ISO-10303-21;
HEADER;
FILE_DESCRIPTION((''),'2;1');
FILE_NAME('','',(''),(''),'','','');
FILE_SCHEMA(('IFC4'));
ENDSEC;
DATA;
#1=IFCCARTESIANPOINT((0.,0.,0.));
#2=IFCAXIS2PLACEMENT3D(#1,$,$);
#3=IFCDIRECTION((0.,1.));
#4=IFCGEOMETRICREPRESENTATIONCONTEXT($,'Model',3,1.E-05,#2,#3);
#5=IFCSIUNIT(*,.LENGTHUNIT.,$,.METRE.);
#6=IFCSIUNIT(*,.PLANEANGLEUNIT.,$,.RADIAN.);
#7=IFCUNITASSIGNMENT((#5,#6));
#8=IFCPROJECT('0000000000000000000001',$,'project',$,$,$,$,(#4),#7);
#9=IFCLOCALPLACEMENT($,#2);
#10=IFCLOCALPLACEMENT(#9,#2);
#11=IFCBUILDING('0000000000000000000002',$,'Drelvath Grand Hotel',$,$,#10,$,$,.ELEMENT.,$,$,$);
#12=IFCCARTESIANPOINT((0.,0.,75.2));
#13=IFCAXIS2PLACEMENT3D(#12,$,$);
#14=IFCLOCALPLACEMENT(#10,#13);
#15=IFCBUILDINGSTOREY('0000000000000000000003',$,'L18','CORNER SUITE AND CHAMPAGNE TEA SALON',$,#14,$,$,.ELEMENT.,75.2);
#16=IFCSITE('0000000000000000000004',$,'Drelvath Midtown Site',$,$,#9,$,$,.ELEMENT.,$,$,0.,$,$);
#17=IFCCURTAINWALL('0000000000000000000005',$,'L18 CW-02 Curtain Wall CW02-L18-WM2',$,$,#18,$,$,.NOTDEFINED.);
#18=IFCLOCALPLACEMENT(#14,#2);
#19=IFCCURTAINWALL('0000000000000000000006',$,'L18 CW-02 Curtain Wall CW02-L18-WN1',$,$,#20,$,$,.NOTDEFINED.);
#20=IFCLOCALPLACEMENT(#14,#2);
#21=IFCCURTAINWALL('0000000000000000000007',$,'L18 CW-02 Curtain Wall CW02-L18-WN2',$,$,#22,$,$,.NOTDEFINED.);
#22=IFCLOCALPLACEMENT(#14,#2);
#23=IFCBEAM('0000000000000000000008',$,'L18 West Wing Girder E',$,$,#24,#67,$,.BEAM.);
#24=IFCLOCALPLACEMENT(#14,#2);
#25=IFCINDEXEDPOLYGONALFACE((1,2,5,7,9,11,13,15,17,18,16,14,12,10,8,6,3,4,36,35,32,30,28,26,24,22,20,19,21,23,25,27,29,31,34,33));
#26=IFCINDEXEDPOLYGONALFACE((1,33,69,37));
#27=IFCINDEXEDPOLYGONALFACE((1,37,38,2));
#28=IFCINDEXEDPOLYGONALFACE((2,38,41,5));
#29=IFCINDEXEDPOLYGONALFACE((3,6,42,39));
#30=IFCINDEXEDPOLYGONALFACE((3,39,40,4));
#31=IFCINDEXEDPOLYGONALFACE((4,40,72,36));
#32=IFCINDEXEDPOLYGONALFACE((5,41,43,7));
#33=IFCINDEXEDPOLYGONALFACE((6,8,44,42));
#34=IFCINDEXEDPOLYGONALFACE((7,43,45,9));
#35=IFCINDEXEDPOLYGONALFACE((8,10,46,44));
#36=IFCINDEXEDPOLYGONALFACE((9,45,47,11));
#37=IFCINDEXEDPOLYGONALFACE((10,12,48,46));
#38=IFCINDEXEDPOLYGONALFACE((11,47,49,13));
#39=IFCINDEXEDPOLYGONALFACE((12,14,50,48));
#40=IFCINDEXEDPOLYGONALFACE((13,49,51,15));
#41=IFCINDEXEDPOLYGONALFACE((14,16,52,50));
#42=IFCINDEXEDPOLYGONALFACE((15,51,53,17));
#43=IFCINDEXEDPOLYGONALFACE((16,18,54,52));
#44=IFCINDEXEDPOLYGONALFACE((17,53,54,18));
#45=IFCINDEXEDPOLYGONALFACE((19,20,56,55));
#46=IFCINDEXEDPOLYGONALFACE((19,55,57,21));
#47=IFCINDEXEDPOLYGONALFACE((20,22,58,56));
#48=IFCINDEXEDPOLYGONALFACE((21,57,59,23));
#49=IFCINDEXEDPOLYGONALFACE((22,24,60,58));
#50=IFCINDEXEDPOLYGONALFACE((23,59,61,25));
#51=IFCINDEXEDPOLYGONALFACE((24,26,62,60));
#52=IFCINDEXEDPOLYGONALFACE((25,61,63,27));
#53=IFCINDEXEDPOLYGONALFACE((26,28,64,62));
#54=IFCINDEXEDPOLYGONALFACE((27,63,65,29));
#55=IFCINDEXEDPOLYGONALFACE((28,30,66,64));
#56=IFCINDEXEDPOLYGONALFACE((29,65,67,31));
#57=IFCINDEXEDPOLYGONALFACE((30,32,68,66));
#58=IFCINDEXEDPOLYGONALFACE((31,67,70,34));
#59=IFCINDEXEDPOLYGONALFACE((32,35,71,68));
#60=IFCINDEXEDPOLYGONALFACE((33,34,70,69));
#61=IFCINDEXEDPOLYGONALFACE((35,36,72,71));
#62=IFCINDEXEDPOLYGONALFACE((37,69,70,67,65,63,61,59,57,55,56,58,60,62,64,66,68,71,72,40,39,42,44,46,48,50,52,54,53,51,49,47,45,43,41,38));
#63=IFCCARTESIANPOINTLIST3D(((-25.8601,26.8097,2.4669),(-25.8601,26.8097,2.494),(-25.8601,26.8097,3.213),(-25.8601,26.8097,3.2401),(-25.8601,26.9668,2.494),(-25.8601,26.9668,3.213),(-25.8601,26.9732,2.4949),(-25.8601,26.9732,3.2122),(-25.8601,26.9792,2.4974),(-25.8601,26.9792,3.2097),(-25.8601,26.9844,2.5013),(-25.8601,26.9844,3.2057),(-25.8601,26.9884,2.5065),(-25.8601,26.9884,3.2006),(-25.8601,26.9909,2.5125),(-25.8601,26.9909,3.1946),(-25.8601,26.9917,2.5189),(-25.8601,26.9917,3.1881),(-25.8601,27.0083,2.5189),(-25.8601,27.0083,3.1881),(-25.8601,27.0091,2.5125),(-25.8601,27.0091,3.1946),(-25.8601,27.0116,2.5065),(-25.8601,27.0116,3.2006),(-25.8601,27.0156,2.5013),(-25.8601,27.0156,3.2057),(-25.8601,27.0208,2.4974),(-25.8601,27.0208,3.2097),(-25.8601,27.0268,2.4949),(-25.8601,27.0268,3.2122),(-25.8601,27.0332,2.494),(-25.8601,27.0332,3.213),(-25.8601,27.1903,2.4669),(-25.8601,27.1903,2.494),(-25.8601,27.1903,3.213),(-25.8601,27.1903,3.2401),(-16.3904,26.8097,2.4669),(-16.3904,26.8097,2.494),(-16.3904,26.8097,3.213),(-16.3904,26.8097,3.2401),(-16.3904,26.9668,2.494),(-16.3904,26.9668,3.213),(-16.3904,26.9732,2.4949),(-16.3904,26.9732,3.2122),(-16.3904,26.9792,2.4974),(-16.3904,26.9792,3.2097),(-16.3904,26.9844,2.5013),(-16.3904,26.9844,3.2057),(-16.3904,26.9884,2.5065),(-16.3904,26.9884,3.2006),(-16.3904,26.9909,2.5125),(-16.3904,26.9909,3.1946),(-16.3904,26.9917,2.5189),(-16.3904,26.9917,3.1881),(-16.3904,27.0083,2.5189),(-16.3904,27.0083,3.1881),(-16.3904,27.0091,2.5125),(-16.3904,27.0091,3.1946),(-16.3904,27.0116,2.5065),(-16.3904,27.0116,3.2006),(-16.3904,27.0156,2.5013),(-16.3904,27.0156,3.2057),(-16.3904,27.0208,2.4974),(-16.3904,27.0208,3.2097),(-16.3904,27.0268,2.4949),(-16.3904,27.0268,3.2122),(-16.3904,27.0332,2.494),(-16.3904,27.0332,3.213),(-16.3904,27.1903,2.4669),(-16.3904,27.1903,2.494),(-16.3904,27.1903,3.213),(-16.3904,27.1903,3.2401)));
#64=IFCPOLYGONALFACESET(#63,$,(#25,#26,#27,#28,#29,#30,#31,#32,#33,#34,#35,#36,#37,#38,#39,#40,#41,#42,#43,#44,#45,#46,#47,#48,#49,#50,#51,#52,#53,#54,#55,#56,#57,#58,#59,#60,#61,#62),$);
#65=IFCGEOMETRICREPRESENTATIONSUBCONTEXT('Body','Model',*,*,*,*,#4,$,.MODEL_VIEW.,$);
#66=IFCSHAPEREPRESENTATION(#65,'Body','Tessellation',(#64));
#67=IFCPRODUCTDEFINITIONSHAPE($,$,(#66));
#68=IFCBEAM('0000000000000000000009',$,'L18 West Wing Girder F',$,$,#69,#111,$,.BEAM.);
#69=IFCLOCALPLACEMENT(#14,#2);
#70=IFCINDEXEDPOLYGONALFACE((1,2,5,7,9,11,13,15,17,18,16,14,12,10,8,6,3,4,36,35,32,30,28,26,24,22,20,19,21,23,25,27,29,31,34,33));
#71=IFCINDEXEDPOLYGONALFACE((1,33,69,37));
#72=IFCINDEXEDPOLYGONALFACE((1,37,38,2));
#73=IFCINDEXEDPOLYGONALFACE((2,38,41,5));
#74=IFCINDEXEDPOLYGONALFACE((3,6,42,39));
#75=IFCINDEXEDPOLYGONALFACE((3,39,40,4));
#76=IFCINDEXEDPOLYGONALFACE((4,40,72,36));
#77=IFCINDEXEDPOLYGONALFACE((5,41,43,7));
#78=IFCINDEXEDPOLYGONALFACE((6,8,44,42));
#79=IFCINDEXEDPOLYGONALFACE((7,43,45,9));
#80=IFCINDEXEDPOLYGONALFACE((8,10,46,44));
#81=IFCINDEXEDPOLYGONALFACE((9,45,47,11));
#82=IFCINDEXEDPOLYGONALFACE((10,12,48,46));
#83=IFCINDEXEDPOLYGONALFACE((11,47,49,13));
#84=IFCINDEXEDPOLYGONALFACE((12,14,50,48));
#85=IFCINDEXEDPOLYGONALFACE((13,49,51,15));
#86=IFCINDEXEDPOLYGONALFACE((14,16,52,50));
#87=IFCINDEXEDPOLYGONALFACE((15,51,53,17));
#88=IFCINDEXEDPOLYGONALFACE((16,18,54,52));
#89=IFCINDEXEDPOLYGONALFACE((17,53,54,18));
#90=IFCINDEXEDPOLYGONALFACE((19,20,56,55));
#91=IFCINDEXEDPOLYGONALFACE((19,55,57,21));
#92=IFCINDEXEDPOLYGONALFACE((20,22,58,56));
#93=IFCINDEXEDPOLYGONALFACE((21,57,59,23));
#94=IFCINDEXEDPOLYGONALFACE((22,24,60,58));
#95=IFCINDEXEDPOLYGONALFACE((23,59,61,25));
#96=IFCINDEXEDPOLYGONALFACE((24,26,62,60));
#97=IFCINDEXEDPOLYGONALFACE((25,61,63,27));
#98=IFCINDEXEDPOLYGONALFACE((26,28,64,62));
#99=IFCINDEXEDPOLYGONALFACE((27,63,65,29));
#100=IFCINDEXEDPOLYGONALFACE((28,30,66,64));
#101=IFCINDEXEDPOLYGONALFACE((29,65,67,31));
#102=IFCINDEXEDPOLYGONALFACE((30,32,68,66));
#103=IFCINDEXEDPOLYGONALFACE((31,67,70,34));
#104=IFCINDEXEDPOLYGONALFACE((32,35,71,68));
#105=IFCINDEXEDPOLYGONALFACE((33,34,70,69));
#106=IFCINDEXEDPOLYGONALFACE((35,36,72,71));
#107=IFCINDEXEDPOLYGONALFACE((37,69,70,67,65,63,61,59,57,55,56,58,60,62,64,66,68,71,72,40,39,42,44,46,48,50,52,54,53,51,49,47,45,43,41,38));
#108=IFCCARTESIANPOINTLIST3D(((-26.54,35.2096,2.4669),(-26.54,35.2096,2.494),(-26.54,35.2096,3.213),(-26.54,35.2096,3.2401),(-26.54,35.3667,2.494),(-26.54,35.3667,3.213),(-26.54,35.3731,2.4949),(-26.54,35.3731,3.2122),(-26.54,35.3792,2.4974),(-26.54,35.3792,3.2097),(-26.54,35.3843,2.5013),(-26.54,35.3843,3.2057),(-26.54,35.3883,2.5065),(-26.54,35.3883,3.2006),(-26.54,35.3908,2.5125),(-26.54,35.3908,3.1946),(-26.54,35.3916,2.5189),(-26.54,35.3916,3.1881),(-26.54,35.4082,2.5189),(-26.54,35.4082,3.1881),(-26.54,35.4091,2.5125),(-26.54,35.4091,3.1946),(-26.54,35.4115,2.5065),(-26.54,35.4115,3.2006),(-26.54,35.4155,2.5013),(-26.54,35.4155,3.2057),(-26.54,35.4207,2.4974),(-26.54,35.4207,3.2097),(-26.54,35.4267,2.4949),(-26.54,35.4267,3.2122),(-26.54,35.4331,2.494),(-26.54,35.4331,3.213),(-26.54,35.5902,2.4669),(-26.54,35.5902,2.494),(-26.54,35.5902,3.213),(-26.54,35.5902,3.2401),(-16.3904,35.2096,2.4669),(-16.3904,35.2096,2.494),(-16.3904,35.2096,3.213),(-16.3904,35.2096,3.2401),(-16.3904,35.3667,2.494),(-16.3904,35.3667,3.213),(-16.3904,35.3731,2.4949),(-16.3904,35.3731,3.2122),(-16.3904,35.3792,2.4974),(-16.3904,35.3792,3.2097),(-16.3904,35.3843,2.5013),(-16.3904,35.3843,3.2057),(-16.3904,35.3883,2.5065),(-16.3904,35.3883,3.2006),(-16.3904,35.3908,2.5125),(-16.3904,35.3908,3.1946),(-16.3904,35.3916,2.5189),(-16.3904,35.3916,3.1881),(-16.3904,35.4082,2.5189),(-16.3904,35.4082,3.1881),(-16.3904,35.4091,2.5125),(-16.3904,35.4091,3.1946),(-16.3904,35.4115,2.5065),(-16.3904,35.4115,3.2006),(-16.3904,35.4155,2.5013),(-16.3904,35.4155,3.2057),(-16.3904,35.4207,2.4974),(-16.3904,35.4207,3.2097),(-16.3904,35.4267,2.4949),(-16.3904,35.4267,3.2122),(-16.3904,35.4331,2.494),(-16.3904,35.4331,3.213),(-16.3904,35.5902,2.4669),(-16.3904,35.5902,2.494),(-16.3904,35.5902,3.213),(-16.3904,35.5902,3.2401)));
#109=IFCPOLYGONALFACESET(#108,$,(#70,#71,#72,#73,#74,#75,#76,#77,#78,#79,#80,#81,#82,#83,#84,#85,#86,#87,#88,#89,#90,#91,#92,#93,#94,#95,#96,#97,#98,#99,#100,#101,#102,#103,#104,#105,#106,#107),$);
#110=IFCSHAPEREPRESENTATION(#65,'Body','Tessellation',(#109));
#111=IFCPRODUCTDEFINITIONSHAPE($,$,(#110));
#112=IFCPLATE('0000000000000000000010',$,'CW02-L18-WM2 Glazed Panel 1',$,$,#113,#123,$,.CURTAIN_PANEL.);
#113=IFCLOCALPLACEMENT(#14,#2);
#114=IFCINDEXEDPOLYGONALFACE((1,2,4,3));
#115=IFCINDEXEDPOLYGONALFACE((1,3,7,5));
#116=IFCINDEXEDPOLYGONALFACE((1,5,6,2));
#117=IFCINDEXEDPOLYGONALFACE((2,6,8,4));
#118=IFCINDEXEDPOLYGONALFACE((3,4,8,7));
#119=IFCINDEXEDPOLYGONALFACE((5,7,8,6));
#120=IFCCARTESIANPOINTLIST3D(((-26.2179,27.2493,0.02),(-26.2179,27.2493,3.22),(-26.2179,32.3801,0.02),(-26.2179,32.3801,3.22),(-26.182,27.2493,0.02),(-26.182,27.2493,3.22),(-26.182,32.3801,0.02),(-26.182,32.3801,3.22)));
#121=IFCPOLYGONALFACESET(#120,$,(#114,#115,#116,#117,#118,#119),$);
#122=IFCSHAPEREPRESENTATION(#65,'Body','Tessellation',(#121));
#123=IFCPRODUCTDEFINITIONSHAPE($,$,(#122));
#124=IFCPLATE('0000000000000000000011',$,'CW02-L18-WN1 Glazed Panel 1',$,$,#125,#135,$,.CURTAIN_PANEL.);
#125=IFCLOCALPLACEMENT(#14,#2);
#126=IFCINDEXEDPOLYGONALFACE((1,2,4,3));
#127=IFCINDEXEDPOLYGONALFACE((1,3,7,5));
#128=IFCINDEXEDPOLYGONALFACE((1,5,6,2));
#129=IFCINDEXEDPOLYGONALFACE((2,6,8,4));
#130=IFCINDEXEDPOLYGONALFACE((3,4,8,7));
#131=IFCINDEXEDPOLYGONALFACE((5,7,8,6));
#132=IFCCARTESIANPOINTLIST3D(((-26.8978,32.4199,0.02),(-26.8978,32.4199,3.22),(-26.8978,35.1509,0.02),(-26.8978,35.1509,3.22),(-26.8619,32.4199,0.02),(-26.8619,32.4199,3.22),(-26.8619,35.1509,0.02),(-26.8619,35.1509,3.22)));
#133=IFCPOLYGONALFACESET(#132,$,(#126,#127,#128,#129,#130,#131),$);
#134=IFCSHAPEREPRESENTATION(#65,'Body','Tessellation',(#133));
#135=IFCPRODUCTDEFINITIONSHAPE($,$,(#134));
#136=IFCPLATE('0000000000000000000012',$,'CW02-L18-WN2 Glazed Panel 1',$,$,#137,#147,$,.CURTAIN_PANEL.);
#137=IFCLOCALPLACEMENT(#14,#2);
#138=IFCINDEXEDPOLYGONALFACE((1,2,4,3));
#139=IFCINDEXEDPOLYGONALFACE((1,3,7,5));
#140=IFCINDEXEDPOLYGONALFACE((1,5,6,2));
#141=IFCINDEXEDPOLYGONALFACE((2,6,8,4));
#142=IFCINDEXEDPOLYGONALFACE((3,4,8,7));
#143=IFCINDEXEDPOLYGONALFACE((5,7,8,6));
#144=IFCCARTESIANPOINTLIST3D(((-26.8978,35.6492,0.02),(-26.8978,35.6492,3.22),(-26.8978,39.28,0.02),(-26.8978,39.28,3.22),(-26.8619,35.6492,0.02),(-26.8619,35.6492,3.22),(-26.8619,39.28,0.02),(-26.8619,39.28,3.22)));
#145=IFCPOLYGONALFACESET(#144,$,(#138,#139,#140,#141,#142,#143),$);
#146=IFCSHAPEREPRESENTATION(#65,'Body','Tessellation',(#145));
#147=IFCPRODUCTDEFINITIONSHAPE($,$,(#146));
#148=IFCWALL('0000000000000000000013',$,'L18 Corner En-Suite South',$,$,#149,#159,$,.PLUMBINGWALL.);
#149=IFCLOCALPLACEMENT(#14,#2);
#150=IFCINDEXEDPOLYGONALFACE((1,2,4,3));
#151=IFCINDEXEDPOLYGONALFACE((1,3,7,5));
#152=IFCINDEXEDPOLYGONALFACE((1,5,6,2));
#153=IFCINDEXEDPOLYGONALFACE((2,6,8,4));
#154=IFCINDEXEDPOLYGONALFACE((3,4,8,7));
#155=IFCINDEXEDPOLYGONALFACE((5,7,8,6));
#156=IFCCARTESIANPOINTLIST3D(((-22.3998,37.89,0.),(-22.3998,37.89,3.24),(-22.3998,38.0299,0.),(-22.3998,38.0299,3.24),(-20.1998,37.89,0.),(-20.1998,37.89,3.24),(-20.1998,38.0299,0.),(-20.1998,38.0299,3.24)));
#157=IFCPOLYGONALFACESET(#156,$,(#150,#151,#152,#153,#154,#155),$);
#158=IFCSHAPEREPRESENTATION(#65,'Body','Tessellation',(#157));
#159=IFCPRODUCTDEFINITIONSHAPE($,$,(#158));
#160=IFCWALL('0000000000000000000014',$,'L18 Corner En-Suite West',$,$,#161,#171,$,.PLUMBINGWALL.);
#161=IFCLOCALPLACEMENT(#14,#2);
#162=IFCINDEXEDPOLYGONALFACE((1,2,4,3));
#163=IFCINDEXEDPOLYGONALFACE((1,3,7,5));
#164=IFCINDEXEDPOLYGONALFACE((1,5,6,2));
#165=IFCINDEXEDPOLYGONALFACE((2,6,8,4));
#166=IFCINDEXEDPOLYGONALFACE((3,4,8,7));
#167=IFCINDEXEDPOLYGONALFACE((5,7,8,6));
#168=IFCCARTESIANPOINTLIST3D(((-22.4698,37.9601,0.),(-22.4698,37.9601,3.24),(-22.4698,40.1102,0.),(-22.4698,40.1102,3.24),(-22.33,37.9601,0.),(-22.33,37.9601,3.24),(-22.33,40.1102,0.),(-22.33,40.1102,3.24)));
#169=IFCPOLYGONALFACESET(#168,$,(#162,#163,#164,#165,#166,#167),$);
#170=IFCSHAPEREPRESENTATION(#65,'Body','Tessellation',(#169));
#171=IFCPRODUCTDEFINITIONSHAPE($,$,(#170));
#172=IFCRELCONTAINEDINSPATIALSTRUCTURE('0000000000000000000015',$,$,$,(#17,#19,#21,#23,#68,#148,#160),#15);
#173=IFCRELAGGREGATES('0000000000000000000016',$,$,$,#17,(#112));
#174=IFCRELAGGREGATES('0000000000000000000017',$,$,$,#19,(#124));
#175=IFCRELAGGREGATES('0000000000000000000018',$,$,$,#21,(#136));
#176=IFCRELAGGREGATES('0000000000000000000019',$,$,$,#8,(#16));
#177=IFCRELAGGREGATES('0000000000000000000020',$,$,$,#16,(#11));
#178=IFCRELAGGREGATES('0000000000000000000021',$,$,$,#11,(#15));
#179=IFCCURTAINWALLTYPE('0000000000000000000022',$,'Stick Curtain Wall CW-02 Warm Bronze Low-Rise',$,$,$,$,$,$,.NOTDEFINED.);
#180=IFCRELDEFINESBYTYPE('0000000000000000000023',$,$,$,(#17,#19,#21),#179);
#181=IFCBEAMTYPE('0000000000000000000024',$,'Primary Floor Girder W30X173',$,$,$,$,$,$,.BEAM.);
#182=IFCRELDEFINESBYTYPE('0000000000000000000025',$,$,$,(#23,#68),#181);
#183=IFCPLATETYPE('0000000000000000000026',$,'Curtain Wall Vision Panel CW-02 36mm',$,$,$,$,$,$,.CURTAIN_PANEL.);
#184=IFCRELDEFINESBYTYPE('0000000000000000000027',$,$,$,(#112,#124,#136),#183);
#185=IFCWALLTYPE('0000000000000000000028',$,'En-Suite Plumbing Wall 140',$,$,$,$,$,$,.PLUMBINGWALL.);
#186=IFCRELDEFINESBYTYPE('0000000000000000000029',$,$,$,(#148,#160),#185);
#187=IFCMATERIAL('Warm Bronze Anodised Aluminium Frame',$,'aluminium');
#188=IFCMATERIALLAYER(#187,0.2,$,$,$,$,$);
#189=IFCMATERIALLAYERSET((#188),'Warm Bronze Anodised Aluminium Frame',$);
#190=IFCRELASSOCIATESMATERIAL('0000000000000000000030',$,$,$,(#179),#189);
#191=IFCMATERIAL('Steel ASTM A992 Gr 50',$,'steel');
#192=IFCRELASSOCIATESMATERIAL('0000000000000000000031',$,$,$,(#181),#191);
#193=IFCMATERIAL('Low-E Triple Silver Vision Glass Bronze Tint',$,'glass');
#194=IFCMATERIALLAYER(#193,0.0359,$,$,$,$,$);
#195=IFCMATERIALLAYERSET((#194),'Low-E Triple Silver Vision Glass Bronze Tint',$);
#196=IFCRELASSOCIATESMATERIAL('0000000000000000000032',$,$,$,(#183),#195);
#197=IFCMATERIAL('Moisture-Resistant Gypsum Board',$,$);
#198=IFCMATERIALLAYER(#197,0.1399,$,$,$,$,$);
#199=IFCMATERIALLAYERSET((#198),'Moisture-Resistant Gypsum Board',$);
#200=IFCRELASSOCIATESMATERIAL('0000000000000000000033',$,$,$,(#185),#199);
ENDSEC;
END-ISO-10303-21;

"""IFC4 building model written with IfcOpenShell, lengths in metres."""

from ifc_helpers import new_model, si_unit, direction, frame, frame_2d, origin, origin_2d, place, context, subcontext, project, spatial, rectangle, i_section, extrude, material, layer, layer_set, material_profile, profile_set, type_object, element, aggregate, save


model = new_model("IFC4")

# Units and contexts
model_context = context("Model", 3, precision=1e-05, world=origin(), true_north=direction((0.0, 1.0)))
body_context = subcontext(model_context, "Body", "Model", "MODEL_VIEW")
ifc_project = project(units=[si_unit("LENGTHUNIT", "METRE"), si_unit("PLANEANGLEUNIT", "RADIAN")], contexts=[model_context])

# Site, building, storey
site_placement = place(None, origin())
site = spatial("IfcSite", under=ifc_project, at=site_placement, Name="Drelvath Midtown Site", CompositionType="ELEMENT", RefElevation=0.0)
building_placement = place(site_placement, origin())
building = spatial("IfcBuilding", under=site, at=building_placement, Name="Drelvath Grand Hotel", CompositionType="ELEMENT")
storey_placement = place(building_placement, frame((0.0, 0.0, 75.2)))
storey = spatial("IfcBuildingStorey", under=building, at=storey_placement, Name="L18", Description="CORNER SUITE AND CHAMPAGNE TEA SALON", CompositionType="ELEMENT", Elevation=75.2)

# Curtain walls
ifc_material_1 = material(Name="Warm Bronze Anodised Aluminium Frame", Category="aluminium")
ifc_layer_1 = layer(ifc_material_1, 0.2)
ifc_layer_set_1 = layer_set([ifc_layer_1], Name="Warm Bronze Anodised Aluminium Frame")
curtain_wall_type = type_object("IfcCurtainWallType", Name="Stick Curtain Wall CW-02 Warm Bronze Low-Rise", PredefinedType="NOTDEFINED", material=ifc_layer_set_1)
curtain_wall_1_placement = place(storey_placement, origin())
curtain_wall_1 = element("IfcCurtainWall", 1, at=curtain_wall_1_placement, inside=storey, type_object=curtain_wall_type, Name="L18 CW-02 Curtain Wall CW02-L18-WM2", PredefinedType="NOTDEFINED")
curtain_wall_2_placement = place(storey_placement, origin())
curtain_wall_2 = element("IfcCurtainWall", 2, at=curtain_wall_2_placement, inside=storey, type_object=curtain_wall_type, Name="L18 CW-02 Curtain Wall CW02-L18-WN1", PredefinedType="NOTDEFINED")
curtain_wall_3_placement = place(storey_placement, origin())
curtain_wall_3 = element("IfcCurtainWall", 3, at=curtain_wall_3_placement, inside=storey, type_object=curtain_wall_type, Name="L18 CW-02 Curtain Wall CW02-L18-WN2", PredefinedType="NOTDEFINED")

# Beams
ifc_material_2 = material(Name="Steel ASTM A992 Gr 50", Category="steel")
ifc_material_profile_1 = material_profile(ifc_material_2, i_section(OverallWidth=0.3806, OverallDepth=0.7732, WebThickness=0.0166, FlangeThickness=0.0271, FilletRadius=0.0249, at=origin_2d()), Name="W30X173")
ifc_profile_set_1 = profile_set([ifc_material_profile_1], Name="Steel ASTM A992 Gr 50")
beam_type_1 = type_object("IfcBeamType", Name="Primary Floor Girder W30X173", PredefinedType="BEAM", material=ifc_profile_set_1)
beam_1_placement = place(storey_placement, frame((-25.8601, 27.0, 2.8535), z_axis=(1.0, 0.0, 0.0), x_axis=(0.0, 1.0, 0.0)))
element("IfcBeam", 4, at=beam_1_placement, inside=storey, type_object=beam_type_1, Name="L18 West Wing Girder E", PredefinedType="BEAM", context=body_context, shape_type="SweptSolid", body=[
    extrude(i_section(OverallWidth=0.3806, OverallDepth=0.7732, WebThickness=0.0166, FlangeThickness=0.0271, FilletRadius=0.0249, at=origin_2d()), origin(), (0.0, 0.0, 1.0), 9.4697),
])
beam_2_placement = place(storey_placement, frame((-26.54, 35.3999, 2.8535), z_axis=(1.0, 0.0, 0.0), x_axis=(0.0, 1.0, 0.0)))
element("IfcBeam", 5, at=beam_2_placement, inside=storey, type_object=beam_type_1, Name="L18 West Wing Girder F", PredefinedType="BEAM", context=body_context, shape_type="SweptSolid", body=[
    extrude(i_section(OverallWidth=0.3806, OverallDepth=0.7732, WebThickness=0.0166, FlangeThickness=0.0271, FilletRadius=0.0249, at=origin_2d()), origin(), (0.0, 0.0, 1.0), 10.1497),
])

# Plates
ifc_material_3 = material(Name="Low-E Triple Silver Vision Glass Bronze Tint", Category="glass")
ifc_layer_2 = layer(ifc_material_3, 0.0359)
ifc_layer_set_2 = layer_set([ifc_layer_2], Name="Low-E Triple Silver Vision Glass Bronze Tint")
plate_type = type_object("IfcPlateType", Name="Curtain Wall Vision Panel CW-02 36mm", PredefinedType="CURTAIN_PANEL", material=ifc_layer_set_2)
plate_1_placement = place(storey_placement, frame((-26.2, 29.8147, 0.02), z_axis=(0.0, 0.0, 1.0), x_axis=(0.0, 1.0, 0.0)))
plate_1 = element("IfcPlate", 6, at=plate_1_placement, type_object=plate_type, Name="CW02-L18-WM2 Glazed Panel 1", PredefinedType="CURTAIN_PANEL", context=body_context, shape_type="SweptSolid", body=[
    extrude(rectangle(XDim=5.1309, YDim=0.0359, at=origin_2d()), origin(), (0.0, 0.0, 1.0), 3.2),
])
aggregate(curtain_wall_1, [plate_1])
plate_2_placement = place(storey_placement, frame((-26.8799, 33.7854, 0.02), z_axis=(0.0, 0.0, 1.0), x_axis=(0.0, 1.0, 0.0)))
plate_2 = element("IfcPlate", 7, at=plate_2_placement, type_object=plate_type, Name="CW02-L18-WN1 Glazed Panel 1", PredefinedType="CURTAIN_PANEL", context=body_context, shape_type="SweptSolid", body=[
    extrude(rectangle(XDim=2.731, YDim=0.0359, at=origin_2d()), origin(), (0.0, 0.0, 1.0), 3.2),
])
aggregate(curtain_wall_2, [plate_2])
plate_3_placement = place(storey_placement, frame((-26.8799, 37.4646, 0.02), z_axis=(0.0, 0.0, 1.0), x_axis=(0.0, 1.0, 0.0)))
plate_3 = element("IfcPlate", 8, at=plate_3_placement, type_object=plate_type, Name="CW02-L18-WN2 Glazed Panel 1", PredefinedType="CURTAIN_PANEL", context=body_context, shape_type="SweptSolid", body=[
    extrude(rectangle(XDim=3.6309, YDim=0.0359, at=origin_2d()), origin(), (0.0, 0.0, 1.0), 3.2),
])
aggregate(curtain_wall_3, [plate_3])

# Walls
ifc_material_4 = material(Name="Moisture-Resistant Gypsum Board")
ifc_layer_3 = layer(ifc_material_4, 0.1399)
ifc_layer_set_3 = layer_set([ifc_layer_3], Name="Moisture-Resistant Gypsum Board")
wall_type_1 = type_object("IfcWallType", Name="En-Suite Plumbing Wall 140", PredefinedType="PLUMBINGWALL", material=ifc_layer_set_3)
wall_1_placement = place(storey_placement, frame((-22.3999, 37.96, 0.0), z_axis=(0.0, 0.0, 1.0), x_axis=(1.0, 0.0, 0.0)))
element("IfcWall", 9, at=wall_1_placement, inside=storey, type_object=wall_type_1, Name="L18 Corner En-Suite South", PredefinedType="PLUMBINGWALL", context=body_context, shape_type="SweptSolid", body=[
    extrude(rectangle(XDim=2.2, YDim=0.1399, at=frame_2d((1.1001, 0.0))), origin(), (0.0, 0.0, 1.0), 3.24),
])
wall_2_placement = place(storey_placement, frame((-22.3999, 37.96, 0.0), z_axis=(0.0, 0.0, 1.0), x_axis=(0.0, 1.0, 0.0)))
element("IfcWall", 10, at=wall_2_placement, inside=storey, type_object=wall_type_1, Name="L18 Corner En-Suite West", PredefinedType="PLUMBINGWALL", context=body_context, shape_type="SweptSolid", body=[
    extrude(rectangle(XDim=2.1501, YDim=0.1399, at=frame_2d((1.0752, 0.0))), origin(), (0.0, 0.0, 1.0), 3.24),
])

save(model, "model.ifc")
